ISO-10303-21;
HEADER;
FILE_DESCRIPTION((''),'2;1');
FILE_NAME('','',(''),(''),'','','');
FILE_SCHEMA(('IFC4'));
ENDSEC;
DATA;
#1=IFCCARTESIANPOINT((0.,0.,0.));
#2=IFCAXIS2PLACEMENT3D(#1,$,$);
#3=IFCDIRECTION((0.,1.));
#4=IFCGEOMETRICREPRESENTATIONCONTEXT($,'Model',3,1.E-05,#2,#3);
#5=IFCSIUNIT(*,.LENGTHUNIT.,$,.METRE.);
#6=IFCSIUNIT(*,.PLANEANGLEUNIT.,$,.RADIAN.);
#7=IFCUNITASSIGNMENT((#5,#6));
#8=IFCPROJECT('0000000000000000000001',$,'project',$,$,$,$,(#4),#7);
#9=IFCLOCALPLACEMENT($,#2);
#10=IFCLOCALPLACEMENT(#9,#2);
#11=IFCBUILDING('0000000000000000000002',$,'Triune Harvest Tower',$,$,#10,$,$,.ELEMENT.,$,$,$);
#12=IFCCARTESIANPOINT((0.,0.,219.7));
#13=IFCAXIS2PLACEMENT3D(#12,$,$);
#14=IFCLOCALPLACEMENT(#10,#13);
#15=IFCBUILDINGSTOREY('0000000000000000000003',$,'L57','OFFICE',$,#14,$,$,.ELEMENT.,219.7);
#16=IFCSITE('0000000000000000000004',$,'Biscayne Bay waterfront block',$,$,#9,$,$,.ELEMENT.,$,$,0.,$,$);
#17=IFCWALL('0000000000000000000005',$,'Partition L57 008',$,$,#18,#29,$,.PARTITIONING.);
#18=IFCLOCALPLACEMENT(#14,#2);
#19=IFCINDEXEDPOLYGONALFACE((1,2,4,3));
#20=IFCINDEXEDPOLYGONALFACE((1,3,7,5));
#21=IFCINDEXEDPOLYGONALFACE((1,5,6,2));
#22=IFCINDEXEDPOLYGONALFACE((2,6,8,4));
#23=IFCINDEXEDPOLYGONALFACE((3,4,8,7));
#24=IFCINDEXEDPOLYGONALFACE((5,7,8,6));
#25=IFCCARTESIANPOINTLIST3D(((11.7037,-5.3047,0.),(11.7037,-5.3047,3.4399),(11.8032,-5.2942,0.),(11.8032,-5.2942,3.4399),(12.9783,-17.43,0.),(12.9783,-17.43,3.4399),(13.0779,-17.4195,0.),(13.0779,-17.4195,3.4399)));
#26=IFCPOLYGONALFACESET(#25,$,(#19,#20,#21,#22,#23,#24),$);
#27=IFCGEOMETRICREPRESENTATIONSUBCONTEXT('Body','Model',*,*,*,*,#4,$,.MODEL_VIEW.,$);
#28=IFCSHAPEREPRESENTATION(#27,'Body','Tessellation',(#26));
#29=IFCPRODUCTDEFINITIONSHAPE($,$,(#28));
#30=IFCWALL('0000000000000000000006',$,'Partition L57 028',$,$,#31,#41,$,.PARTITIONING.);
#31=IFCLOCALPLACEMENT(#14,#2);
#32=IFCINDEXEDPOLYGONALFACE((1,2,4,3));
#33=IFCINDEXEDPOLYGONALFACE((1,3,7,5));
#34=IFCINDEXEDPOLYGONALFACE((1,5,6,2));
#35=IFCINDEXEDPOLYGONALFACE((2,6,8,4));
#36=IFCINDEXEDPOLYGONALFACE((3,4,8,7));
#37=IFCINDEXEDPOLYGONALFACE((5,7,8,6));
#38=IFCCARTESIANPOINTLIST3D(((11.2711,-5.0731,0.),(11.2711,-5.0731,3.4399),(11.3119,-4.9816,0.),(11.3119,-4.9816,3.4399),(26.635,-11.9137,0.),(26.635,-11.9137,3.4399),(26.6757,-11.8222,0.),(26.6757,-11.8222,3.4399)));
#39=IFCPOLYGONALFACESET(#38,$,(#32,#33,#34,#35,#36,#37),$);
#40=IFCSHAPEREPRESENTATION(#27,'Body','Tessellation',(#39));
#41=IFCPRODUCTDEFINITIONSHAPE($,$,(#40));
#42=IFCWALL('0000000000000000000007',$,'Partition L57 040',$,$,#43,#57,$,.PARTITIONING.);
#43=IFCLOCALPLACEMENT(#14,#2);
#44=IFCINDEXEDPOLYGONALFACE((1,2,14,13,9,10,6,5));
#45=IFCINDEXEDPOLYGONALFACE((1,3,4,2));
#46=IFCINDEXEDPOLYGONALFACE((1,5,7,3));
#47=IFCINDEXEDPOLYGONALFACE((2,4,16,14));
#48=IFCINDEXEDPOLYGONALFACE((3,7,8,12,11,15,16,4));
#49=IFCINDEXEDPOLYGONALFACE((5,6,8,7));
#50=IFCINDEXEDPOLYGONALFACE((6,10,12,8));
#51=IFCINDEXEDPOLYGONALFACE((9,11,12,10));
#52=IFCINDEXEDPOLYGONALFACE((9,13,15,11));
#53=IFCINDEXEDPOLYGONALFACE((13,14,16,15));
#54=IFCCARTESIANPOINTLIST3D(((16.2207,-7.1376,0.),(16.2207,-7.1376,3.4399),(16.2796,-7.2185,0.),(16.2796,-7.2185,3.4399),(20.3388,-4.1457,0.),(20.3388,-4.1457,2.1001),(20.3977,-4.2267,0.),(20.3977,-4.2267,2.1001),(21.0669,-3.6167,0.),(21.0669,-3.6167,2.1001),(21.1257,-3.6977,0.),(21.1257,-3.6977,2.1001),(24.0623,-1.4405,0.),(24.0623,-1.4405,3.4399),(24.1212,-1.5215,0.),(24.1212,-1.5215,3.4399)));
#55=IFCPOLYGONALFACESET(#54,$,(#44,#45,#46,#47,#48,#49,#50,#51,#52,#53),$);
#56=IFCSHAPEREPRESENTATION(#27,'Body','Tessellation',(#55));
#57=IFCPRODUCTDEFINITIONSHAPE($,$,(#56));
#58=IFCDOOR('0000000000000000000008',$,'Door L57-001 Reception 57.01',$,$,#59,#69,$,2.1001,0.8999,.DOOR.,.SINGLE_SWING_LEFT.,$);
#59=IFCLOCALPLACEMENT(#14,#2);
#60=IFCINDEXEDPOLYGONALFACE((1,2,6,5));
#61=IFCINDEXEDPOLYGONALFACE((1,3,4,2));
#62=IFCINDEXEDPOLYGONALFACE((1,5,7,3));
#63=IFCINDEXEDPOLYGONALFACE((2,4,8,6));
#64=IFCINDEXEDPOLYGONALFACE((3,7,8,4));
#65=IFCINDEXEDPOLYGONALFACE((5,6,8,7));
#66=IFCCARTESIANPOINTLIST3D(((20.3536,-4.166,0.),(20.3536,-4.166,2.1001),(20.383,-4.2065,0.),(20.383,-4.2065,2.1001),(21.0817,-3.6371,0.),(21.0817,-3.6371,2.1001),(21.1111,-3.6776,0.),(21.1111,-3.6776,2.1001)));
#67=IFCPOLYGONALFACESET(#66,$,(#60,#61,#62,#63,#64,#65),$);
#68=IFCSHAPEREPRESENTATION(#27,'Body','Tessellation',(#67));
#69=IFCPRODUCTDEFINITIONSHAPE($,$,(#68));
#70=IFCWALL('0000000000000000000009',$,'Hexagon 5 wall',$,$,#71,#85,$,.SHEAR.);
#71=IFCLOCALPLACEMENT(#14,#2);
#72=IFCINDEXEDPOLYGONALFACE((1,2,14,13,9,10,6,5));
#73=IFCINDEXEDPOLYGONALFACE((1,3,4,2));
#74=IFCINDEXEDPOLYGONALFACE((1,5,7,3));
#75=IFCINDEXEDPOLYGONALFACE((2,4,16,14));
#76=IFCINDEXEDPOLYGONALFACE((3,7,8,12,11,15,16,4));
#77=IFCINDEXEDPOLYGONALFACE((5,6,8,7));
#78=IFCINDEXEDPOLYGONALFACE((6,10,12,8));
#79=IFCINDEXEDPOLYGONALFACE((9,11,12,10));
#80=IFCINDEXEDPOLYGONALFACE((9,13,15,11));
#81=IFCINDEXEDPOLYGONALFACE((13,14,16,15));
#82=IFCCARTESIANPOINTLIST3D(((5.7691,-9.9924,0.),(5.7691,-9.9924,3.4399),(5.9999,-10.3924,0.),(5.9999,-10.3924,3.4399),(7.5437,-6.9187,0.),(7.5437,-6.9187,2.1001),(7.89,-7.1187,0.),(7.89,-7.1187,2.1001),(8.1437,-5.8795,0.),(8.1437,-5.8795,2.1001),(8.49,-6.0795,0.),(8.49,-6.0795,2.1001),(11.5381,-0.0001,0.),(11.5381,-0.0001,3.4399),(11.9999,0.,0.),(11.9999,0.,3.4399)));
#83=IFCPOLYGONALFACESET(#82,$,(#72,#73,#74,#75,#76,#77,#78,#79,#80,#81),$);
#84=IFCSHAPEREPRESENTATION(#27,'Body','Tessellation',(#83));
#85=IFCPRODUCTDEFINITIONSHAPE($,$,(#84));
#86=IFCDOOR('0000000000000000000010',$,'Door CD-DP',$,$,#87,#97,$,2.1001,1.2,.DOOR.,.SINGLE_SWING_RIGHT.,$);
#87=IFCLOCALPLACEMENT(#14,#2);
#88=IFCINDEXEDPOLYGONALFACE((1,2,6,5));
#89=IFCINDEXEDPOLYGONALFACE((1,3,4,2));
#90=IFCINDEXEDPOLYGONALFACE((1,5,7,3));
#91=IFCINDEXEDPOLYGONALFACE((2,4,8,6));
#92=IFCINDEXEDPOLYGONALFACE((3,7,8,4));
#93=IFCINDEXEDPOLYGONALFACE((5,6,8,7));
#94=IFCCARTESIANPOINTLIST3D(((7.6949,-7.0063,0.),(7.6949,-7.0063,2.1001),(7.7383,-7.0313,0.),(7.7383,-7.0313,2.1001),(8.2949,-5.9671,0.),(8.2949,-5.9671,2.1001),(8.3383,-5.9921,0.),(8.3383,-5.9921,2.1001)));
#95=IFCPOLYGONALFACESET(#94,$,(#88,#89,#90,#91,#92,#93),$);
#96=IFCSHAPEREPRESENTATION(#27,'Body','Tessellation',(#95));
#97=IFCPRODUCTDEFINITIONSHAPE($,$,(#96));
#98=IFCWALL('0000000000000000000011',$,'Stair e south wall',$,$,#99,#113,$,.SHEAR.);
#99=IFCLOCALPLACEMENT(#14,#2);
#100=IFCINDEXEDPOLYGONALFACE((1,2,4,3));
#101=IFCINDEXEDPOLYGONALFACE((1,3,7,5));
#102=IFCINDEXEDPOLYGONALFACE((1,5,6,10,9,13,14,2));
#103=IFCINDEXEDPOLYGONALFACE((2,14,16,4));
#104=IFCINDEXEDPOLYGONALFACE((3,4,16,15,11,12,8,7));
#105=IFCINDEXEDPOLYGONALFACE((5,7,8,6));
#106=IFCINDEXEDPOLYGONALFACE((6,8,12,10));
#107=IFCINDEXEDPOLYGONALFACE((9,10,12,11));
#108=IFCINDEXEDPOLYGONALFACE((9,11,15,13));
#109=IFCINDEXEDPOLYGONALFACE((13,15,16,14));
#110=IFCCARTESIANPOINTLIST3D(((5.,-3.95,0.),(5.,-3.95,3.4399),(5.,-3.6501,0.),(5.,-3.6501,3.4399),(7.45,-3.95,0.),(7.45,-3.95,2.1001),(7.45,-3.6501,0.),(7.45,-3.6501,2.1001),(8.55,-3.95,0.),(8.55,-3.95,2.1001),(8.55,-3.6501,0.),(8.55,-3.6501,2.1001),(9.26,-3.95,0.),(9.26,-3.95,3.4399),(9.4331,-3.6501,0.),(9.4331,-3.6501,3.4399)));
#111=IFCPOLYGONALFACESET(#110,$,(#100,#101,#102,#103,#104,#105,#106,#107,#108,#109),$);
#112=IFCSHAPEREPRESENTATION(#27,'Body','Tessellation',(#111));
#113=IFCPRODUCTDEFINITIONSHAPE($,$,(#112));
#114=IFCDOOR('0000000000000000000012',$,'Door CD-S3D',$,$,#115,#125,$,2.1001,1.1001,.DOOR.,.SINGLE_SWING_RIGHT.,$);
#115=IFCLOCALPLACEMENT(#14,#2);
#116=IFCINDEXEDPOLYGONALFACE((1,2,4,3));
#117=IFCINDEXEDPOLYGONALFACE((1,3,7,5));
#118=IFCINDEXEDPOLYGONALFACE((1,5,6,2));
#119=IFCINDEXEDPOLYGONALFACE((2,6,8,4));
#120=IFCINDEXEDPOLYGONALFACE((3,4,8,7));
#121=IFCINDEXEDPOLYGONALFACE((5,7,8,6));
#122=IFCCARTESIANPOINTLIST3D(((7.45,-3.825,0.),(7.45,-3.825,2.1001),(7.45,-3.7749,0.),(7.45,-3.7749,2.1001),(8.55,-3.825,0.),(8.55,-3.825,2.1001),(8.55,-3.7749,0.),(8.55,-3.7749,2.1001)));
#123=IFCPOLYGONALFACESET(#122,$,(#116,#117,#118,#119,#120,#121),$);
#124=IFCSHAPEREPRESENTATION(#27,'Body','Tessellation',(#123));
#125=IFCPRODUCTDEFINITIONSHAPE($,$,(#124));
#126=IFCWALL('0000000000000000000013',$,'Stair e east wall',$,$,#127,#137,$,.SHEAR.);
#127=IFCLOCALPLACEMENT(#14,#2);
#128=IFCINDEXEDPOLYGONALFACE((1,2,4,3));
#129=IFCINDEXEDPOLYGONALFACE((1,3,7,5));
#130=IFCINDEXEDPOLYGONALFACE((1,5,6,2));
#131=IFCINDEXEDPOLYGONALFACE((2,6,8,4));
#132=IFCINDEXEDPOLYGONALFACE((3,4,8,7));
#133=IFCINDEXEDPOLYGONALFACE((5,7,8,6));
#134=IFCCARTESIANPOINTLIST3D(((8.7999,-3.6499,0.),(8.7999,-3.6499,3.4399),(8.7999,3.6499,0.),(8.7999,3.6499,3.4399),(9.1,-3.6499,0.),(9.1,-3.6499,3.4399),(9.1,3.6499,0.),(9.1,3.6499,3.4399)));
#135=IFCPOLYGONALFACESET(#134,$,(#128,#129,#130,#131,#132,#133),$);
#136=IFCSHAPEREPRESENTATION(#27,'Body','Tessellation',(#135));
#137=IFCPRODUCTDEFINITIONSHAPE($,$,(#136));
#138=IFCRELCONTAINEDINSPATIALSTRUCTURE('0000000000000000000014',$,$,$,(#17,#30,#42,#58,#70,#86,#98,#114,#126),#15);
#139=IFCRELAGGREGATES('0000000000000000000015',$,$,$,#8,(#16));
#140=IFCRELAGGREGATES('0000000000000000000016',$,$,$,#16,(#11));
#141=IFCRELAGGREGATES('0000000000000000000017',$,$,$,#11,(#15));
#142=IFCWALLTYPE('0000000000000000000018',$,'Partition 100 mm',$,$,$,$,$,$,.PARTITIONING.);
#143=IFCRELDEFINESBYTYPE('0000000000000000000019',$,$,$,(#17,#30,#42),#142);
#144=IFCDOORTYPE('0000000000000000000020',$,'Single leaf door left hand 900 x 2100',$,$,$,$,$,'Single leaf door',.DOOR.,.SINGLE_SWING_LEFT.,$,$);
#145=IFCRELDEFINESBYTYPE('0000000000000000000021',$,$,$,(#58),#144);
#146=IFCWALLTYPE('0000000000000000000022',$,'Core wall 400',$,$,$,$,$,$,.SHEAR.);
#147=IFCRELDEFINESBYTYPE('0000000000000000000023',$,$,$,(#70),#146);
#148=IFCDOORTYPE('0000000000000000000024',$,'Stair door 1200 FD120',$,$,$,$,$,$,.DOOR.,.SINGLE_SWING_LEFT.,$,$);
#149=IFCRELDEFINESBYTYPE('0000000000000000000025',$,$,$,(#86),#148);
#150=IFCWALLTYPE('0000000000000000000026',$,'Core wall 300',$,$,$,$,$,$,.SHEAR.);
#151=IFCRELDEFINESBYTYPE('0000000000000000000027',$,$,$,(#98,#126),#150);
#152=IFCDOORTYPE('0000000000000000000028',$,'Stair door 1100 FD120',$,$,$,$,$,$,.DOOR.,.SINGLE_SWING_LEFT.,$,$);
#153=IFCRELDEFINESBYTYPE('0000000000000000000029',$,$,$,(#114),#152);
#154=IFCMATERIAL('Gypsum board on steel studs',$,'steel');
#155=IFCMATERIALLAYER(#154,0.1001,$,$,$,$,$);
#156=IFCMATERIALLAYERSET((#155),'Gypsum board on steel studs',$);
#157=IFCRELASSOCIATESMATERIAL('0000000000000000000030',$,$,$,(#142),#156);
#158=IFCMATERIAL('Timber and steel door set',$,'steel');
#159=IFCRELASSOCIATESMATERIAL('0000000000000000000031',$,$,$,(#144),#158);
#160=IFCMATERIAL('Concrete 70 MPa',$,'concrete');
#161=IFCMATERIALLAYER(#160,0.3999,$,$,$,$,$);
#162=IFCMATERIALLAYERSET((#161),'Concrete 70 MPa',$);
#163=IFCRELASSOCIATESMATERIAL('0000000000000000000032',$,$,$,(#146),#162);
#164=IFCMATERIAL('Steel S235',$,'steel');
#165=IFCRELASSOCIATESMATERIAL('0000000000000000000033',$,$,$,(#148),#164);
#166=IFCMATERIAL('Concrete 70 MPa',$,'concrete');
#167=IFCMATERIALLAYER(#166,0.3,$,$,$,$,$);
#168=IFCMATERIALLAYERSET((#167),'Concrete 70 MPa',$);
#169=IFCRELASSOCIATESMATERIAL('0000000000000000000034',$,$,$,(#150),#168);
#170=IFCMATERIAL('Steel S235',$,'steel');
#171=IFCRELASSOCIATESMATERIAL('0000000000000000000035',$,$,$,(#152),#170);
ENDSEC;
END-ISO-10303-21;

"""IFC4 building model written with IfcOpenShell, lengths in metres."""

from ifc_helpers import new_model, si_unit, direction, frame, frame_2d, origin, place, context, subcontext, project, spatial, polyline, rectangle, outline, extrude, source, transform, mapped, material, layer, layer_set, type_object, element, fill, save


model = new_model("IFC4")

# Units and contexts
model_context = context("Model", 3, precision=1e-05, world=origin(), true_north=direction((0.0, 1.0)))
body_context = subcontext(model_context, "Body", "Model", "MODEL_VIEW")
ifc_project = project(units=[si_unit("LENGTHUNIT", "METRE"), si_unit("PLANEANGLEUNIT", "RADIAN")], contexts=[model_context])

# Site, building, storey
site_placement = place(None, origin())
site = spatial("IfcSite", under=ifc_project, at=site_placement, Name="Biscayne Bay waterfront block", CompositionType="ELEMENT", RefElevation=0.0)
building_placement = place(site_placement, origin())
building = spatial("IfcBuilding", under=site, at=building_placement, Name="Triune Harvest Tower", CompositionType="ELEMENT")
storey_placement = place(building_placement, frame((0.0, 0.0, 219.7)))
storey = spatial("IfcBuildingStorey", under=building, at=storey_placement, Name="L57", Description="OFFICE", CompositionType="ELEMENT", Elevation=219.7)

# Walls
ifc_material_1 = material(Name="Gypsum board on steel studs", Category="steel")
ifc_layer_1 = layer(ifc_material_1, 0.1001)
ifc_layer_set_1 = layer_set([ifc_layer_1], Name="Gypsum board on steel studs")
wall_type_1 = type_object("IfcWallType", Name="Partition 100 mm", PredefinedType="PARTITIONING", material=ifc_layer_set_1)
wall_1_placement = place(storey_placement, frame((11.7534, -5.2993, 0.0), z_axis=(0.0, 0.0, 1.0), x_axis=(0.104548, -0.99452, 0.0)))
element("IfcWall", 1, at=wall_1_placement, inside=storey, type_object=wall_type_1, Name="Partition L57 008", PredefinedType="PARTITIONING", context=body_context, shape_type="SweptSolid", body=[
    extrude(rectangle(XDim=12.1921, YDim=0.1001, at=frame_2d((6.0962, 0.0))), origin(), (0.0, 0.0, 1.0), 3.4399),
])
wall_2_placement = place(storey_placement, frame((11.2915, -5.0273, 0.0), z_axis=(0.0, 0.0, 1.0), x_axis=(0.913541, -0.406746, 0.0)))
element("IfcWall", 2, at=wall_2_placement, inside=storey, type_object=wall_type_1, Name="Partition L57 028", PredefinedType="PARTITIONING", context=body_context, shape_type="SweptSolid", body=[
    extrude(rectangle(XDim=16.8179, YDim=0.1001, at=frame_2d((8.4089, 0.0))), origin(), (0.0, 0.0, 1.0), 3.4399),
])

# Walls, openings, doors
wall_3_placement = place(storey_placement, frame((16.2502, -7.178, 0.0), z_axis=(0.0, 0.0, 1.0), x_axis=(0.809027, 0.587772, 0.0)))
wall_3 = element("IfcWall", 3, at=wall_3_placement, inside=storey, type_object=wall_type_1, Name="Partition L57 040", PredefinedType="PARTITIONING", context=body_context, shape_type="SweptSolid", body=[
    extrude(rectangle(XDim=9.6926, YDim=0.1001, at=frame_2d((4.8462, 0.0))), origin(), (0.0, 0.0, 1.0), 3.4399),
])
opening_1_placement = place(wall_3_placement, frame((5.0901, 0.0, 0.0)))
opening_1 = element("IfcOpeningElement", 4, at=opening_1_placement, cuts=wall_3, PredefinedType="OPENING", context=body_context, shape_type="SweptSolid", body=[
    extrude(rectangle(XDim=0.8999, YDim=2.1001, at=frame_2d((0.45, 1.05))), frame((0.0, 0.0601, 0.0), z_axis=(0.0, -1.0, 0.0), x_axis=(1.0, 0.0, 0.0)), (0.0, 0.0, 1.0), 0.1201),
])
ifc_material_2 = material(Name="Timber and steel door set", Category="steel")
door_type_1 = type_object("IfcDoorType", Name="Single leaf door left hand 900 x 2100", ElementType="Single leaf door", OperationType="SINGLE_SWING_LEFT", PredefinedType="DOOR", material=ifc_material_2)
door_1_placement = place(opening_1_placement, origin())
door_1 = element("IfcDoor", 5, at=door_1_placement, inside=storey, type_object=door_type_1, Name="Door L57-001 Reception 57.01", OperationType="SINGLE_SWING_LEFT", OverallHeight=2.1001, OverallWidth=0.8999, PredefinedType="DOOR", context=body_context, shape_type="SweptSolid", body=[
    extrude(rectangle(XDim=0.8999, YDim=2.1001, at=frame_2d((0.45, 1.05))), frame((0.0, 0.0249, 0.0), z_axis=(0.0, -1.0, 0.0), x_axis=(1.0, 0.0, 0.0)), (0.0, 0.0, 1.0), 0.05),
])
fill(opening_1, door_1)
ifc_material_3 = material(Name="Concrete 70 MPa", Category="concrete")
ifc_layer_2 = layer(ifc_material_3, 0.3999)
ifc_layer_set_2 = layer_set([ifc_layer_2], Name="Concrete 70 MPa")
wall_type_2 = type_object("IfcWallType", Name="Core wall 400", PredefinedType="SHEAR", material=ifc_layer_set_2)
shared_shape_1 = source(origin(), body_context, "Body", "SweptSolid", [
    extrude(outline(polyline([(-0.1155, -0.2), (11.8845, -0.2), (11.6536, 0.2), (0.1155, 0.2), (-0.1155, -0.2)])), origin(), (0.0, 0.0, 1.0), 3.4399),
])
wall_4_placement = place(storey_placement, frame((5.8845, -10.1924, 0.0), z_axis=(0.0, 0.0, 1.0), x_axis=(0.499997, 0.866027, 0.0)))
wall_4 = element("IfcWall", 6, at=wall_4_placement, inside=storey, type_object=wall_type_2, Name="Hexagon 5 wall", PredefinedType="SHEAR", context=body_context, shape_type="MappedRepresentation", body=[
    mapped(shared_shape_1, transform((0.0, 0.0, 0.0), scale=1.0)),
])
opening_2_placement = place(wall_4_placement, frame((3.6646, 0.0, 0.0)))
opening_2 = element("IfcOpeningElement", 7, at=opening_2_placement, cuts=wall_4, PredefinedType="OPENING", context=body_context, shape_type="SweptSolid", body=[
    extrude(rectangle(XDim=1.2, YDim=2.1001, at=frame_2d((0.6001, 1.05))), frame((0.0, 0.21, 0.0), z_axis=(0.0, -1.0, 0.0), x_axis=(1.0, 0.0, 0.0)), (0.0, 0.0, 1.0), 0.4199),
])
ifc_material_4 = material(Name="Steel S235", Category="steel")
door_type_2 = type_object("IfcDoorType", Name="Stair door 1200 FD120", OperationType="SINGLE_SWING_LEFT", PredefinedType="DOOR", material=ifc_material_4)
door_2_placement = place(opening_2_placement, frame((1.2, 0.0, 0.0), z_axis=(0.0, 0.0, 1.0), x_axis=(-1.0, 0.0, 0.0)))
door_2 = element("IfcDoor", 8, at=door_2_placement, inside=storey, type_object=door_type_2, Name="Door CD-DP", OperationType="SINGLE_SWING_RIGHT", OverallHeight=2.1001, OverallWidth=1.2, PredefinedType="DOOR", context=body_context, shape_type="SweptSolid", body=[
    extrude(rectangle(XDim=1.2, YDim=2.1001, at=frame_2d((0.6001, 1.05))), frame((0.0, 0.0249, 0.0), z_axis=(0.0, -1.0, 0.0), x_axis=(1.0, 0.0, 0.0)), (0.0, 0.0, 1.0), 0.05),
])
fill(opening_2, door_2)
ifc_material_5 = material(Name="Concrete 70 MPa", Category="concrete")
ifc_layer_3 = layer(ifc_material_5, 0.3)
ifc_layer_set_3 = layer_set([ifc_layer_3], Name="Concrete 70 MPa")
wall_type_3 = type_object("IfcWallType", Name="Core wall 300", PredefinedType="SHEAR", material=ifc_layer_set_3)
shared_shape_2 = source(origin(), body_context, "Body", "SweptSolid", [
    extrude(outline(polyline([(0.0, -0.1499), (0.0, 0.1499), (4.4331, 0.1499), (4.26, -0.1499), (0.0, -0.1499)])), origin(), (0.0, 0.0, 1.0), 3.4399),
])
wall_5_placement = place(storey_placement, frame((5.0, -3.8, 0.0), z_axis=(0.0, 0.0, 1.0), x_axis=(1.0, 0.0, 0.0)))
wall_5 = element("IfcWall", 9, at=wall_5_placement, inside=storey, type_object=wall_type_3, Name="Stair e south wall", PredefinedType="SHEAR", context=body_context, shape_type="MappedRepresentation", body=[
    mapped(shared_shape_2, transform((0.0, 0.0, 0.0), scale=1.0)),
])
opening_3_placement = place(wall_5_placement, frame((2.45, 0.0, 0.0)))
opening_3 = element("IfcOpeningElement", 10, at=opening_3_placement, cuts=wall_5, PredefinedType="OPENING", context=body_context, shape_type="SweptSolid", body=[
    extrude(rectangle(XDim=1.1001, YDim=2.1001, at=frame_2d((0.55, 1.05))), frame((0.0, 0.1602, 0.0), z_axis=(0.0, -1.0, 0.0), x_axis=(1.0, 0.0, 0.0)), (0.0, 0.0, 1.0), 0.3201),
])
ifc_material_6 = material(Name="Steel S235", Category="steel")
door_type_3 = type_object("IfcDoorType", Name="Stair door 1100 FD120", OperationType="SINGLE_SWING_LEFT", PredefinedType="DOOR", material=ifc_material_6)
door_3_placement = place(opening_3_placement, frame((1.1001, 0.0, 0.0), z_axis=(0.0, 0.0, 1.0), x_axis=(-1.0, 0.0, 0.0)))
door_3 = element("IfcDoor", 11, at=door_3_placement, inside=storey, type_object=door_type_3, Name="Door CD-S3D", OperationType="SINGLE_SWING_RIGHT", OverallHeight=2.1001, OverallWidth=1.1001, PredefinedType="DOOR", context=body_context, shape_type="SweptSolid", body=[
    extrude(rectangle(XDim=1.1001, YDim=2.1001, at=frame_2d((0.55, 1.05))), frame((0.0, 0.0249, 0.0), z_axis=(0.0, -1.0, 0.0), x_axis=(1.0, 0.0, 0.0)), (0.0, 0.0, 1.0), 0.05),
])
fill(opening_3, door_3)

# Wall
shared_shape_3 = source(origin(), body_context, "Body", "SweptSolid", [
    extrude(rectangle(XDim=7.2998, YDim=0.3, at=frame_2d((3.6499, 0.0))), origin(), (0.0, 0.0, 1.0), 3.4399),
])
wall_6_placement = place(storey_placement, frame((8.95, -3.6499, 0.0), z_axis=(0.0, 0.0, 1.0), x_axis=(0.0, 1.0, 0.0)))
element("IfcWall", 12, at=wall_6_placement, inside=storey, type_object=wall_type_3, Name="Stair e east wall", PredefinedType="SHEAR", context=body_context, shape_type="MappedRepresentation", body=[
    mapped(shared_shape_3, transform((0.0, 0.0, 0.0), scale=1.0)),
])

save(model, "model.ifc")
